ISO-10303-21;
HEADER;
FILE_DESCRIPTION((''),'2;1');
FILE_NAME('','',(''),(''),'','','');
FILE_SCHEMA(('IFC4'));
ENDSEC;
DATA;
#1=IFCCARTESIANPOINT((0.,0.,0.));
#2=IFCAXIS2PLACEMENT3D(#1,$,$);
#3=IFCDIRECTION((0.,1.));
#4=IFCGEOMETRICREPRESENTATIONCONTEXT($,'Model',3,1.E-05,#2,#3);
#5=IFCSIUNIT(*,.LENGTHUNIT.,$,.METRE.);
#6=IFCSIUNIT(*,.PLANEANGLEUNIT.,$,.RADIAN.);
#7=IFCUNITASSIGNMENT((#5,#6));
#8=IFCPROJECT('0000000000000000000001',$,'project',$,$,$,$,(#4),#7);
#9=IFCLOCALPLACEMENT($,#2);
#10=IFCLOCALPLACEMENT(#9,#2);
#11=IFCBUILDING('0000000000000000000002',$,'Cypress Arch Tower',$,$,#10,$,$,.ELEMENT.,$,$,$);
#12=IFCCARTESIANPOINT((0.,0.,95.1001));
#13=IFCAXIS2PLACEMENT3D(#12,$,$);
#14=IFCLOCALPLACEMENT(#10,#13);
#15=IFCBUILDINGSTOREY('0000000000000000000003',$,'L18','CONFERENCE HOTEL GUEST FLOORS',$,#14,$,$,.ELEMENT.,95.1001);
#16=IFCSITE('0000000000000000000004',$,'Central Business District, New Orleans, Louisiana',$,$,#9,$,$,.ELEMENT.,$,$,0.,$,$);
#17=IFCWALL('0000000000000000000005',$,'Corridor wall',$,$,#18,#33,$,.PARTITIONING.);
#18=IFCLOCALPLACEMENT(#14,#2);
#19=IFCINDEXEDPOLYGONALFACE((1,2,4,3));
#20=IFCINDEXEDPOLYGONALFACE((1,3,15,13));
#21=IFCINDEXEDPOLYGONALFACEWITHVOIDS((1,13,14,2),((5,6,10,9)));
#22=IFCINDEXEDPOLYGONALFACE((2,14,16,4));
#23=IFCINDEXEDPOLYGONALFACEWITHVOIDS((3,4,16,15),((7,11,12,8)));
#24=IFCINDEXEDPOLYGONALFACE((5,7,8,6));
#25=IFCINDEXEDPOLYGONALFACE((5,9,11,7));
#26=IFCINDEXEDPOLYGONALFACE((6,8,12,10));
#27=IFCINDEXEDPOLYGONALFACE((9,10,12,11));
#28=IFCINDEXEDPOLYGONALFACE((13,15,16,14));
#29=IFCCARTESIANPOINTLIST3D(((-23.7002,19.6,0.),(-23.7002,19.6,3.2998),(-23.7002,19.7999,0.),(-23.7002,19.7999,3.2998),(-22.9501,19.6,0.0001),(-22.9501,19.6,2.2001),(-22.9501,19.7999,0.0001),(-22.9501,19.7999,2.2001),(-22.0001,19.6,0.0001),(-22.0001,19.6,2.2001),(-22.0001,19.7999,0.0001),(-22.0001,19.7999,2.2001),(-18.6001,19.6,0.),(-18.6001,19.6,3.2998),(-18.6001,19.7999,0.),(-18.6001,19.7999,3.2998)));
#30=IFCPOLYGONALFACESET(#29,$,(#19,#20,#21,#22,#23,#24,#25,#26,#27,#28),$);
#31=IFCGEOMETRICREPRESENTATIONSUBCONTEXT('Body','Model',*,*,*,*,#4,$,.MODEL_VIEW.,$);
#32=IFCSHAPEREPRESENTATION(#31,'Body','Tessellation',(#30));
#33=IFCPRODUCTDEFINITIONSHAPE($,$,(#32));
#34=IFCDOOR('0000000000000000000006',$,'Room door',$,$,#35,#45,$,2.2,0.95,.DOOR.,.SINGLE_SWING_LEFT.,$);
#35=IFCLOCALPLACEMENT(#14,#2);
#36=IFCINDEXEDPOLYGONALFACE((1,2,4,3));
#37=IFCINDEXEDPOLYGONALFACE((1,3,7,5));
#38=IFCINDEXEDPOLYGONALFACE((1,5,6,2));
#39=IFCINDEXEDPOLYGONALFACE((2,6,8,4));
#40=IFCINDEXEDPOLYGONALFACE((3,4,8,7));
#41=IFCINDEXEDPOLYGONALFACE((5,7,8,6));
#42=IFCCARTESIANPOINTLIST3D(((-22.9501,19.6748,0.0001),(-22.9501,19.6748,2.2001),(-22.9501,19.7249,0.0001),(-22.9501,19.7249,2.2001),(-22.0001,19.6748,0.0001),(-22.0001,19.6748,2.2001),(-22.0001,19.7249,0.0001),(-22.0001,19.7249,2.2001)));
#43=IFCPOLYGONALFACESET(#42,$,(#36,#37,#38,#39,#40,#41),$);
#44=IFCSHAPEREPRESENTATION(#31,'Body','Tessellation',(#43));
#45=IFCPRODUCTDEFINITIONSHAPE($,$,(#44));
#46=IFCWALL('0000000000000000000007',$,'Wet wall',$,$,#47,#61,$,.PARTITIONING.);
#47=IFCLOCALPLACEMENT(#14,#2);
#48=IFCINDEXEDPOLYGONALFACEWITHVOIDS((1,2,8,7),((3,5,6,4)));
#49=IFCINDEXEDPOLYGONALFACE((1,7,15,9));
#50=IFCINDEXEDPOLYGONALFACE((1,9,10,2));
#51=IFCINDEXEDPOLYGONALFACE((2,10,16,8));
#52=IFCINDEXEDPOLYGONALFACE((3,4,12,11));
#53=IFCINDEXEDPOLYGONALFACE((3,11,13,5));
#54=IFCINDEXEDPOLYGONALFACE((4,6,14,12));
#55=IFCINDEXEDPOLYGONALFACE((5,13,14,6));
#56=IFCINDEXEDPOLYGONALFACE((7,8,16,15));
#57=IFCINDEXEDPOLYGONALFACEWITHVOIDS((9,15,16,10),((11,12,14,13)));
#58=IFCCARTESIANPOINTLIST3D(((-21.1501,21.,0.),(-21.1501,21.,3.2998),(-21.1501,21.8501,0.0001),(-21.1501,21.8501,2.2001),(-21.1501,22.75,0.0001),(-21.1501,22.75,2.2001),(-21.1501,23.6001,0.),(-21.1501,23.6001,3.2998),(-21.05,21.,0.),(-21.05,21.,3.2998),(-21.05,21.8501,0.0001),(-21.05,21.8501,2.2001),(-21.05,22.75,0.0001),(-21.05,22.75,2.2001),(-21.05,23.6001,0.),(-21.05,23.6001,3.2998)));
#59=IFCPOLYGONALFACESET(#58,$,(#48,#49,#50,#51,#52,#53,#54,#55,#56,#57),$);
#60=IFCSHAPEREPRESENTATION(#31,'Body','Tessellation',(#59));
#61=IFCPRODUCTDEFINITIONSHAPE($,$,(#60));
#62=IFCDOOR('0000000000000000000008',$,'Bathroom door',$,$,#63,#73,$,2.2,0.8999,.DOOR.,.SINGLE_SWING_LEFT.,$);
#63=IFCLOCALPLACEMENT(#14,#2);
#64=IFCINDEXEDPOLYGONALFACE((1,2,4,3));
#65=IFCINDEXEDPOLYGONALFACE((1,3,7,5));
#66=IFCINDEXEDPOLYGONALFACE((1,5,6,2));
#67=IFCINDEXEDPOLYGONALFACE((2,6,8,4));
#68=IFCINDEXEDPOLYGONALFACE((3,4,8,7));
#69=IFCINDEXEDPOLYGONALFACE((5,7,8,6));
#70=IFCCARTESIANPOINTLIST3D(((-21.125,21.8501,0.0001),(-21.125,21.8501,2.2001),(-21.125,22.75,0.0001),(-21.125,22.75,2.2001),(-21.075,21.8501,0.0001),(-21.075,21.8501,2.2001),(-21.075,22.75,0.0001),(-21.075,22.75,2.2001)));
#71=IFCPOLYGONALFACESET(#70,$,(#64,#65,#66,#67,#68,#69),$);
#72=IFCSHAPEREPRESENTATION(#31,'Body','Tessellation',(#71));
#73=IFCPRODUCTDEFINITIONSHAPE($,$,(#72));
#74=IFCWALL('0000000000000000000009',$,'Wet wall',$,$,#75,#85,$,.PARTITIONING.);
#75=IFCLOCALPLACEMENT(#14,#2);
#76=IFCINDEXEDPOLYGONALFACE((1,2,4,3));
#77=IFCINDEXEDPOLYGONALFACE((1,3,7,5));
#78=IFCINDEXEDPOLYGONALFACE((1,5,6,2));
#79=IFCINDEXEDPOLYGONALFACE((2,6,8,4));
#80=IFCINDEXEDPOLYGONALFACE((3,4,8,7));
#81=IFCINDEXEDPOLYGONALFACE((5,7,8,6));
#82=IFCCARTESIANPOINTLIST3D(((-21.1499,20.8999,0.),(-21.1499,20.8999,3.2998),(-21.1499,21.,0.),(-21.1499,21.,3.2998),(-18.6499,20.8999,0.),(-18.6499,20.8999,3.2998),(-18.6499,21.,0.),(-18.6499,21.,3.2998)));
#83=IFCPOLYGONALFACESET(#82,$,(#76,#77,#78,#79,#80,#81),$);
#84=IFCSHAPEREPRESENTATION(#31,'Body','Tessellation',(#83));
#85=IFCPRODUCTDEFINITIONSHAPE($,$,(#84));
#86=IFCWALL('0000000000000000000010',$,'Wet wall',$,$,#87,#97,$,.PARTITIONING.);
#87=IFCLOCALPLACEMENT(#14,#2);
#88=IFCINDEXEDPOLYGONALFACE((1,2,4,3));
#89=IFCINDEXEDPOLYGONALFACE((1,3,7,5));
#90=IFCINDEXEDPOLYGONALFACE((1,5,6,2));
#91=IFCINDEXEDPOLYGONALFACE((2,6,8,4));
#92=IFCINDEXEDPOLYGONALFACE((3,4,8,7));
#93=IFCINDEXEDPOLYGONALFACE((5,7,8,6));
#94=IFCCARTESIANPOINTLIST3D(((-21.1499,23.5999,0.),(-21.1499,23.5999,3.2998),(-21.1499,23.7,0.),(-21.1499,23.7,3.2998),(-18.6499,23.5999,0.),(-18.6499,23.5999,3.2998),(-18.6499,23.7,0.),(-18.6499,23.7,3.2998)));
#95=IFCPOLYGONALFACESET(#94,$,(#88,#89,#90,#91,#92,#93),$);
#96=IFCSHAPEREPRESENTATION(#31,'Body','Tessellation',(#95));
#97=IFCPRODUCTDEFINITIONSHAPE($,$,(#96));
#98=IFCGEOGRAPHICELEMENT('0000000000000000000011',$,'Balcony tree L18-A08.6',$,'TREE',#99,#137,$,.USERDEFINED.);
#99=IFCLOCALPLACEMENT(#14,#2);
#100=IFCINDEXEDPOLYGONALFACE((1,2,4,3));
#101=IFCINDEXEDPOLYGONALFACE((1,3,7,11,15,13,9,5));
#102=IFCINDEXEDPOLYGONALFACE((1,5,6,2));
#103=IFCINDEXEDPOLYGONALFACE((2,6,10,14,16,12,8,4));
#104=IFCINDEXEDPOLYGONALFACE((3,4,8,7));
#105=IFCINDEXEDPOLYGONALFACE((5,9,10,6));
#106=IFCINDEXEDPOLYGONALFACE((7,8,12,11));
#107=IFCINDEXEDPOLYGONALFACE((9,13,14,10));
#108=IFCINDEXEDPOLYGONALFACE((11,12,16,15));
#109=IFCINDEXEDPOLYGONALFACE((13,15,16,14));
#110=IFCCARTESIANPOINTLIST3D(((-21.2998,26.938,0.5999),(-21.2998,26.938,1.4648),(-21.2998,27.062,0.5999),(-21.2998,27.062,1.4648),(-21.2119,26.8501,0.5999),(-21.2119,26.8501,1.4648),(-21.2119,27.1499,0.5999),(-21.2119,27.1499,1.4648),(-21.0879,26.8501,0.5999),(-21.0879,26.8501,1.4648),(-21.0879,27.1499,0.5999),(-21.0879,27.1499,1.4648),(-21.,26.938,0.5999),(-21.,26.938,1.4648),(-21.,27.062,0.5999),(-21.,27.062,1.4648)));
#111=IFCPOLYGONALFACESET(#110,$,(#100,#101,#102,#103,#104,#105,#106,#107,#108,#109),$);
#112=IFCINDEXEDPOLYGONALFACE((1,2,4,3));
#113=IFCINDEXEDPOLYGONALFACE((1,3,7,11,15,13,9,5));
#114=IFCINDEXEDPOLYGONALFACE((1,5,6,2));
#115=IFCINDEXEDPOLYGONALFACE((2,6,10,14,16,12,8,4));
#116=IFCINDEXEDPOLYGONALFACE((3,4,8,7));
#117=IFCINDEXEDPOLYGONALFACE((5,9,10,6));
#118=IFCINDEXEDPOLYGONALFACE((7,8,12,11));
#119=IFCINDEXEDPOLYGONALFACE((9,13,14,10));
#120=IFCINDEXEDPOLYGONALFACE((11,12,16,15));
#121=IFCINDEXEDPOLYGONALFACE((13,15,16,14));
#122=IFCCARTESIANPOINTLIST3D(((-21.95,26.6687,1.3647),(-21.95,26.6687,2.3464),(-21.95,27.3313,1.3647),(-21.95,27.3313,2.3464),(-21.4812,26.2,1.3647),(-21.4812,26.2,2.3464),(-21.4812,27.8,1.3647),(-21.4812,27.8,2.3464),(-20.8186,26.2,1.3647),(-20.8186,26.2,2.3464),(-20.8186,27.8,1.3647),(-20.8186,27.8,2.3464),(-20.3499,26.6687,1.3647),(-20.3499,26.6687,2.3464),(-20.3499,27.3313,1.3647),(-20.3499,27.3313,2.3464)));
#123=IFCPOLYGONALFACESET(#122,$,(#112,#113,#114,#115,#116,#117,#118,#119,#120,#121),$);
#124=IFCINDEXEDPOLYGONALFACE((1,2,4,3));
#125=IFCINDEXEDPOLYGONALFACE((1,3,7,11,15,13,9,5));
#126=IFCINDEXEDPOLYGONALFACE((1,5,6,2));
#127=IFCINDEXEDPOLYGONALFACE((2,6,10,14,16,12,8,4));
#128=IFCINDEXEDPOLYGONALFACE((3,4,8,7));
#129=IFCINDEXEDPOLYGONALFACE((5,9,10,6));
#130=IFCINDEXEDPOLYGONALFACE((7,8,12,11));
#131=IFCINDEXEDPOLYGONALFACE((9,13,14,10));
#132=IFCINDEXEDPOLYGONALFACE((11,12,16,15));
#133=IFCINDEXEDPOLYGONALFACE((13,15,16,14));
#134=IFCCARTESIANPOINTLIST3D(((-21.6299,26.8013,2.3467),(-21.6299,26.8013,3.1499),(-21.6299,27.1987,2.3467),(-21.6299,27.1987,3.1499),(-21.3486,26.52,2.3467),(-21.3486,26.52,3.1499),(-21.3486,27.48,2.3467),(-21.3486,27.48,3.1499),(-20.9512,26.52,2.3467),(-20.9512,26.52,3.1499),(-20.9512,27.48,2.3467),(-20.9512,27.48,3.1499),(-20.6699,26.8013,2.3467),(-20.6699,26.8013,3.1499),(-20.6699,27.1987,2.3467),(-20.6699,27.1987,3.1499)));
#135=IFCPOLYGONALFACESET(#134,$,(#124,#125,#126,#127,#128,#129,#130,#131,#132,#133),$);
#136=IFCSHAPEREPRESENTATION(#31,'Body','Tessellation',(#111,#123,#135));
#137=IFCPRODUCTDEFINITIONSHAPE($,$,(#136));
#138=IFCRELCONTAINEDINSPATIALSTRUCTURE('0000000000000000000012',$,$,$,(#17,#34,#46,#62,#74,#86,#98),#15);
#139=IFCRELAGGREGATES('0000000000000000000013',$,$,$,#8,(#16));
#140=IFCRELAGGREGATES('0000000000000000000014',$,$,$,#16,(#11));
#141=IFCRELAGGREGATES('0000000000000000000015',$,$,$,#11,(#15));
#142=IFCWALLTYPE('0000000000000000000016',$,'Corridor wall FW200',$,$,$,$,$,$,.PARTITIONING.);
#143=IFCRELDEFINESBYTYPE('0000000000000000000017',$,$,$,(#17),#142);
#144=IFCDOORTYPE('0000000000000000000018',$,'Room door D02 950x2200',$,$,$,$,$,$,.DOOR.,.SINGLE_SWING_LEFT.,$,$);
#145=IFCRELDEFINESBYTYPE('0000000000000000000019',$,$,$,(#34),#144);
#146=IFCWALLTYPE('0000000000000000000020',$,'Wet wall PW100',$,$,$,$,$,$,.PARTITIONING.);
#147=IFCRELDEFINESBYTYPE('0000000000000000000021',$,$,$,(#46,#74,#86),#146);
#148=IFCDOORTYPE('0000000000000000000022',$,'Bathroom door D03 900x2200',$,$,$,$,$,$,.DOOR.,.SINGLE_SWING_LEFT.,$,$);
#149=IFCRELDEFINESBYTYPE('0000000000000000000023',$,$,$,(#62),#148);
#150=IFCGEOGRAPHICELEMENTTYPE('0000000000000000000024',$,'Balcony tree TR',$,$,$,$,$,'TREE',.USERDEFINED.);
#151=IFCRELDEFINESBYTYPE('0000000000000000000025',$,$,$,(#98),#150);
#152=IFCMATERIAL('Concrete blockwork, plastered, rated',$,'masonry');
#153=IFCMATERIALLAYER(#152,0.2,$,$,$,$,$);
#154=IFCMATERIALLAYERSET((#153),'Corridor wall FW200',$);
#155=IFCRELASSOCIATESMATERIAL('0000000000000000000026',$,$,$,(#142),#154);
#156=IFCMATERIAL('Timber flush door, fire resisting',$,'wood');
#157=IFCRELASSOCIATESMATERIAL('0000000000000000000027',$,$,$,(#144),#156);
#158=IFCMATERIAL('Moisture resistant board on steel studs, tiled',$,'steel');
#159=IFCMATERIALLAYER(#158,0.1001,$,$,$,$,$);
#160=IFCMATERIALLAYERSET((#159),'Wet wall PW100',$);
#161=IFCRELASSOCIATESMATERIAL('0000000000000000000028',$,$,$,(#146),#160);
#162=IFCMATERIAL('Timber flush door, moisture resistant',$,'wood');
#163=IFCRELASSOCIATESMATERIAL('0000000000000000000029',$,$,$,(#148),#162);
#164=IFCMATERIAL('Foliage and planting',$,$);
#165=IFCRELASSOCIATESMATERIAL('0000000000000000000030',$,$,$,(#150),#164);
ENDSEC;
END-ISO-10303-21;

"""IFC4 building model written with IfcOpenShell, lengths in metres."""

from ifc_helpers import new_model, si_unit, direction, frame, frame_2d, origin, place, context, subcontext, project, spatial, polyline, rectangle, outline, extrude, material, layer, layer_set, type_object, element, fill, save


model = new_model("IFC4")

# Units and contexts
model_context = context("Model", 3, precision=1e-05, world=origin(), true_north=direction((0.0, 1.0)))
body_context = subcontext(model_context, "Body", "Model", "MODEL_VIEW")
ifc_project = project(units=[si_unit("LENGTHUNIT", "METRE"), si_unit("PLANEANGLEUNIT", "RADIAN")], contexts=[model_context])

# Site, building, storey
site_placement = place(None, origin())
site = spatial("IfcSite", under=ifc_project, at=site_placement, Name="Central Business District, New Orleans, Louisiana", CompositionType="ELEMENT", RefElevation=0.0)
building_placement = place(site_placement, origin())
building = spatial("IfcBuilding", under=site, at=building_placement, Name="Cypress Arch Tower", CompositionType="ELEMENT")
storey_placement = place(building_placement, frame((0.0, 0.0, 95.1001)))
storey = spatial("IfcBuildingStorey", under=building, at=storey_placement, Name="L18", Description="CONFERENCE HOTEL GUEST FLOORS", CompositionType="ELEMENT", Elevation=95.1001)

# Walls, openings, doors
ifc_material_1 = material(Name="Concrete blockwork, plastered, rated", Category="masonry")
ifc_layer_1 = layer(ifc_material_1, 0.2)
ifc_layer_set_1 = layer_set([ifc_layer_1], Name="Corridor wall FW200")
wall_type_1 = type_object("IfcWallType", Name="Corridor wall FW200", PredefinedType="PARTITIONING", material=ifc_layer_set_1)
wall_1_placement = place(storey_placement, frame((-23.7002, 19.7, 0.0), z_axis=(0.0, 0.0, 1.0), x_axis=(1.0, 0.0, 0.0)))
wall_1 = element("IfcWall", 1, at=wall_1_placement, inside=storey, type_object=wall_type_1, Name="Corridor wall", PredefinedType="PARTITIONING", context=body_context, shape_type="SweptSolid", body=[
    extrude(rectangle(XDim=5.1001, YDim=0.2, at=frame_2d((2.55, 0.0))), origin(), (0.0, 0.0, 1.0), 3.2998),
])
opening_1_placement = place(wall_1_placement, frame((0.75, 0.0, 0.0)))
opening_1 = element("IfcOpeningElement", 2, at=opening_1_placement, cuts=wall_1, PredefinedType="OPENING", context=body_context, shape_type="SweptSolid", body=[
    extrude(rectangle(XDim=0.95, YDim=2.2, at=frame_2d((0.4751, 1.1001))), frame((0.0, 0.1099, 0.0), z_axis=(0.0, -1.0, 0.0), x_axis=(1.0, 0.0, 0.0)), (0.0, 0.0, 1.0), 0.22),
])
ifc_material_2 = material(Name="Timber flush door, fire resisting", Category="wood")
door_type_1 = type_object("IfcDoorType", Name="Room door D02 950x2200", OperationType="SINGLE_SWING_LEFT", PredefinedType="DOOR", material=ifc_material_2)
door_1_placement = place(opening_1_placement, origin())
door_1 = element("IfcDoor", 3, at=door_1_placement, inside=storey, type_object=door_type_1, Name="Room door", OperationType="SINGLE_SWING_LEFT", OverallHeight=2.2, OverallWidth=0.95, PredefinedType="DOOR", context=body_context, shape_type="SweptSolid", body=[
    extrude(rectangle(XDim=0.95, YDim=2.2, at=frame_2d((0.4751, 1.1001))), frame((0.0, 0.0249, 0.0), z_axis=(0.0, -1.0, 0.0), x_axis=(1.0, 0.0, 0.0)), (0.0, 0.0, 1.0), 0.05),
])
fill(opening_1, door_1)
ifc_material_3 = material(Name="Moisture resistant board on steel studs, tiled", Category="steel")
ifc_layer_2 = layer(ifc_material_3, 0.1001)
ifc_layer_set_2 = layer_set([ifc_layer_2], Name="Wet wall PW100")
wall_type_2 = type_object("IfcWallType", Name="Wet wall PW100", PredefinedType="PARTITIONING", material=ifc_layer_set_2)
wall_2_placement = place(storey_placement, frame((-21.1001, 21.0, 0.0), z_axis=(0.0, 0.0, 1.0), x_axis=(0.0, 1.0, 0.0)))
wall_2 = element("IfcWall", 4, at=wall_2_placement, inside=storey, type_object=wall_type_2, Name="Wet wall", PredefinedType="PARTITIONING", context=body_context, shape_type="SweptSolid", body=[
    extrude(rectangle(XDim=2.6001, YDim=0.1001, at=frame_2d((1.3, 0.0))), origin(), (0.0, 0.0, 1.0), 3.2998),
])
opening_2_placement = place(wall_2_placement, frame((0.8501, 0.0, 0.0)))
opening_2 = element("IfcOpeningElement", 5, at=opening_2_placement, cuts=wall_2, PredefinedType="OPENING", context=body_context, shape_type="SweptSolid", body=[
    extrude(rectangle(XDim=0.8999, YDim=2.2, at=frame_2d((0.45, 1.1001))), frame((0.0, 0.0601, 0.0), z_axis=(0.0, -1.0, 0.0), x_axis=(1.0, 0.0, 0.0)), (0.0, 0.0, 1.0), 0.1201),
])
ifc_material_4 = material(Name="Timber flush door, moisture resistant", Category="wood")
door_type_2 = type_object("IfcDoorType", Name="Bathroom door D03 900x2200", OperationType="SINGLE_SWING_LEFT", PredefinedType="DOOR", material=ifc_material_4)
door_2_placement = place(opening_2_placement, origin())
door_2 = element("IfcDoor", 6, at=door_2_placement, inside=storey, type_object=door_type_2, Name="Bathroom door", OperationType="SINGLE_SWING_LEFT", OverallHeight=2.2, OverallWidth=0.8999, PredefinedType="DOOR", context=body_context, shape_type="SweptSolid", body=[
    extrude(rectangle(XDim=0.8999, YDim=2.2, at=frame_2d((0.45, 1.1001))), frame((0.0, 0.0249, 0.0), z_axis=(0.0, -1.0, 0.0), x_axis=(1.0, 0.0, 0.0)), (0.0, 0.0, 1.0), 0.05),
])
fill(opening_2, door_2)

# Walls
for number, where, z_axis, x_axis, name in (
    (7, (-21.1499, 20.95, 0.0), (0.0, 0.0, 1.0), (1.0, 0.0, 0.0), "Wet wall"),
    (8, (-21.1499, 23.6499, 0.0), (0.0, 0.0, 1.0), (1.0, 0.0, 0.0), "Wet wall"),
):
    element("IfcWall", number, at=place(storey_placement, frame(where, z_axis=z_axis, x_axis=x_axis)), inside=storey, type_object=wall_type_2, Name=name, PredefinedType="PARTITIONING", context=body_context, shape_type="SweptSolid", body=[
        extrude(rectangle(XDim=2.5, YDim=0.1001, at=frame_2d((1.25, 0.0))), origin(), (0.0, 0.0, 1.0), 3.2998),
    ])

# Geographic element
ifc_material_5 = material(Name="Foliage and planting")
geographic_element_type = type_object("IfcGeographicElementType", Name="Balcony tree TR", ElementType="TREE", PredefinedType="USERDEFINED", material=ifc_material_5)
geographic_element_placement = place(storey_placement, frame((-21.1499, 27.0, 0.5999), z_axis=(0.0, 0.0, 1.0), x_axis=(1.0, 0.0, 0.0)))
element("IfcGeographicElement", 9, at=geographic_element_placement, inside=storey, type_object=geographic_element_type, Name="Balcony tree L18-A08.6", ObjectType="TREE", PredefinedType="USERDEFINED", context=body_context, shape_type="SweptSolid", body=[
    extrude(outline(polyline([(0.1499, 0.062), (0.062, 0.1499), (-0.062, 0.1499), (-0.1499, 0.062), (-0.1499, -0.062), (-0.062, -0.1499), (0.062, -0.1499), (0.1499, -0.062), (0.1499, 0.062)])), origin(), (0.0, 0.0, 1.0), 0.865),
    extrude(outline(polyline([(0.8, 0.3313), (0.3313, 0.8), (-0.3313, 0.8), (-0.8, 0.3313), (-0.8, -0.3313), (-0.3313, -0.8), (0.3313, -0.8), (0.8, -0.3313), (0.8, 0.3313)])), frame((0.0, 0.0, 0.7649)), (0.0, 0.0, 1.0), 0.9817),
    extrude(outline(polyline([(0.48, 0.1987), (0.1987, 0.48), (-0.1987, 0.48), (-0.48, 0.1987), (-0.48, -0.1987), (-0.1987, -0.48), (0.1987, -0.48), (0.48, -0.1987), (0.48, 0.1987)])), frame((0.0, 0.0, 1.7468)), (0.0, 0.0, 1.0), 0.8032),
])

save(model, "model.ifc")
